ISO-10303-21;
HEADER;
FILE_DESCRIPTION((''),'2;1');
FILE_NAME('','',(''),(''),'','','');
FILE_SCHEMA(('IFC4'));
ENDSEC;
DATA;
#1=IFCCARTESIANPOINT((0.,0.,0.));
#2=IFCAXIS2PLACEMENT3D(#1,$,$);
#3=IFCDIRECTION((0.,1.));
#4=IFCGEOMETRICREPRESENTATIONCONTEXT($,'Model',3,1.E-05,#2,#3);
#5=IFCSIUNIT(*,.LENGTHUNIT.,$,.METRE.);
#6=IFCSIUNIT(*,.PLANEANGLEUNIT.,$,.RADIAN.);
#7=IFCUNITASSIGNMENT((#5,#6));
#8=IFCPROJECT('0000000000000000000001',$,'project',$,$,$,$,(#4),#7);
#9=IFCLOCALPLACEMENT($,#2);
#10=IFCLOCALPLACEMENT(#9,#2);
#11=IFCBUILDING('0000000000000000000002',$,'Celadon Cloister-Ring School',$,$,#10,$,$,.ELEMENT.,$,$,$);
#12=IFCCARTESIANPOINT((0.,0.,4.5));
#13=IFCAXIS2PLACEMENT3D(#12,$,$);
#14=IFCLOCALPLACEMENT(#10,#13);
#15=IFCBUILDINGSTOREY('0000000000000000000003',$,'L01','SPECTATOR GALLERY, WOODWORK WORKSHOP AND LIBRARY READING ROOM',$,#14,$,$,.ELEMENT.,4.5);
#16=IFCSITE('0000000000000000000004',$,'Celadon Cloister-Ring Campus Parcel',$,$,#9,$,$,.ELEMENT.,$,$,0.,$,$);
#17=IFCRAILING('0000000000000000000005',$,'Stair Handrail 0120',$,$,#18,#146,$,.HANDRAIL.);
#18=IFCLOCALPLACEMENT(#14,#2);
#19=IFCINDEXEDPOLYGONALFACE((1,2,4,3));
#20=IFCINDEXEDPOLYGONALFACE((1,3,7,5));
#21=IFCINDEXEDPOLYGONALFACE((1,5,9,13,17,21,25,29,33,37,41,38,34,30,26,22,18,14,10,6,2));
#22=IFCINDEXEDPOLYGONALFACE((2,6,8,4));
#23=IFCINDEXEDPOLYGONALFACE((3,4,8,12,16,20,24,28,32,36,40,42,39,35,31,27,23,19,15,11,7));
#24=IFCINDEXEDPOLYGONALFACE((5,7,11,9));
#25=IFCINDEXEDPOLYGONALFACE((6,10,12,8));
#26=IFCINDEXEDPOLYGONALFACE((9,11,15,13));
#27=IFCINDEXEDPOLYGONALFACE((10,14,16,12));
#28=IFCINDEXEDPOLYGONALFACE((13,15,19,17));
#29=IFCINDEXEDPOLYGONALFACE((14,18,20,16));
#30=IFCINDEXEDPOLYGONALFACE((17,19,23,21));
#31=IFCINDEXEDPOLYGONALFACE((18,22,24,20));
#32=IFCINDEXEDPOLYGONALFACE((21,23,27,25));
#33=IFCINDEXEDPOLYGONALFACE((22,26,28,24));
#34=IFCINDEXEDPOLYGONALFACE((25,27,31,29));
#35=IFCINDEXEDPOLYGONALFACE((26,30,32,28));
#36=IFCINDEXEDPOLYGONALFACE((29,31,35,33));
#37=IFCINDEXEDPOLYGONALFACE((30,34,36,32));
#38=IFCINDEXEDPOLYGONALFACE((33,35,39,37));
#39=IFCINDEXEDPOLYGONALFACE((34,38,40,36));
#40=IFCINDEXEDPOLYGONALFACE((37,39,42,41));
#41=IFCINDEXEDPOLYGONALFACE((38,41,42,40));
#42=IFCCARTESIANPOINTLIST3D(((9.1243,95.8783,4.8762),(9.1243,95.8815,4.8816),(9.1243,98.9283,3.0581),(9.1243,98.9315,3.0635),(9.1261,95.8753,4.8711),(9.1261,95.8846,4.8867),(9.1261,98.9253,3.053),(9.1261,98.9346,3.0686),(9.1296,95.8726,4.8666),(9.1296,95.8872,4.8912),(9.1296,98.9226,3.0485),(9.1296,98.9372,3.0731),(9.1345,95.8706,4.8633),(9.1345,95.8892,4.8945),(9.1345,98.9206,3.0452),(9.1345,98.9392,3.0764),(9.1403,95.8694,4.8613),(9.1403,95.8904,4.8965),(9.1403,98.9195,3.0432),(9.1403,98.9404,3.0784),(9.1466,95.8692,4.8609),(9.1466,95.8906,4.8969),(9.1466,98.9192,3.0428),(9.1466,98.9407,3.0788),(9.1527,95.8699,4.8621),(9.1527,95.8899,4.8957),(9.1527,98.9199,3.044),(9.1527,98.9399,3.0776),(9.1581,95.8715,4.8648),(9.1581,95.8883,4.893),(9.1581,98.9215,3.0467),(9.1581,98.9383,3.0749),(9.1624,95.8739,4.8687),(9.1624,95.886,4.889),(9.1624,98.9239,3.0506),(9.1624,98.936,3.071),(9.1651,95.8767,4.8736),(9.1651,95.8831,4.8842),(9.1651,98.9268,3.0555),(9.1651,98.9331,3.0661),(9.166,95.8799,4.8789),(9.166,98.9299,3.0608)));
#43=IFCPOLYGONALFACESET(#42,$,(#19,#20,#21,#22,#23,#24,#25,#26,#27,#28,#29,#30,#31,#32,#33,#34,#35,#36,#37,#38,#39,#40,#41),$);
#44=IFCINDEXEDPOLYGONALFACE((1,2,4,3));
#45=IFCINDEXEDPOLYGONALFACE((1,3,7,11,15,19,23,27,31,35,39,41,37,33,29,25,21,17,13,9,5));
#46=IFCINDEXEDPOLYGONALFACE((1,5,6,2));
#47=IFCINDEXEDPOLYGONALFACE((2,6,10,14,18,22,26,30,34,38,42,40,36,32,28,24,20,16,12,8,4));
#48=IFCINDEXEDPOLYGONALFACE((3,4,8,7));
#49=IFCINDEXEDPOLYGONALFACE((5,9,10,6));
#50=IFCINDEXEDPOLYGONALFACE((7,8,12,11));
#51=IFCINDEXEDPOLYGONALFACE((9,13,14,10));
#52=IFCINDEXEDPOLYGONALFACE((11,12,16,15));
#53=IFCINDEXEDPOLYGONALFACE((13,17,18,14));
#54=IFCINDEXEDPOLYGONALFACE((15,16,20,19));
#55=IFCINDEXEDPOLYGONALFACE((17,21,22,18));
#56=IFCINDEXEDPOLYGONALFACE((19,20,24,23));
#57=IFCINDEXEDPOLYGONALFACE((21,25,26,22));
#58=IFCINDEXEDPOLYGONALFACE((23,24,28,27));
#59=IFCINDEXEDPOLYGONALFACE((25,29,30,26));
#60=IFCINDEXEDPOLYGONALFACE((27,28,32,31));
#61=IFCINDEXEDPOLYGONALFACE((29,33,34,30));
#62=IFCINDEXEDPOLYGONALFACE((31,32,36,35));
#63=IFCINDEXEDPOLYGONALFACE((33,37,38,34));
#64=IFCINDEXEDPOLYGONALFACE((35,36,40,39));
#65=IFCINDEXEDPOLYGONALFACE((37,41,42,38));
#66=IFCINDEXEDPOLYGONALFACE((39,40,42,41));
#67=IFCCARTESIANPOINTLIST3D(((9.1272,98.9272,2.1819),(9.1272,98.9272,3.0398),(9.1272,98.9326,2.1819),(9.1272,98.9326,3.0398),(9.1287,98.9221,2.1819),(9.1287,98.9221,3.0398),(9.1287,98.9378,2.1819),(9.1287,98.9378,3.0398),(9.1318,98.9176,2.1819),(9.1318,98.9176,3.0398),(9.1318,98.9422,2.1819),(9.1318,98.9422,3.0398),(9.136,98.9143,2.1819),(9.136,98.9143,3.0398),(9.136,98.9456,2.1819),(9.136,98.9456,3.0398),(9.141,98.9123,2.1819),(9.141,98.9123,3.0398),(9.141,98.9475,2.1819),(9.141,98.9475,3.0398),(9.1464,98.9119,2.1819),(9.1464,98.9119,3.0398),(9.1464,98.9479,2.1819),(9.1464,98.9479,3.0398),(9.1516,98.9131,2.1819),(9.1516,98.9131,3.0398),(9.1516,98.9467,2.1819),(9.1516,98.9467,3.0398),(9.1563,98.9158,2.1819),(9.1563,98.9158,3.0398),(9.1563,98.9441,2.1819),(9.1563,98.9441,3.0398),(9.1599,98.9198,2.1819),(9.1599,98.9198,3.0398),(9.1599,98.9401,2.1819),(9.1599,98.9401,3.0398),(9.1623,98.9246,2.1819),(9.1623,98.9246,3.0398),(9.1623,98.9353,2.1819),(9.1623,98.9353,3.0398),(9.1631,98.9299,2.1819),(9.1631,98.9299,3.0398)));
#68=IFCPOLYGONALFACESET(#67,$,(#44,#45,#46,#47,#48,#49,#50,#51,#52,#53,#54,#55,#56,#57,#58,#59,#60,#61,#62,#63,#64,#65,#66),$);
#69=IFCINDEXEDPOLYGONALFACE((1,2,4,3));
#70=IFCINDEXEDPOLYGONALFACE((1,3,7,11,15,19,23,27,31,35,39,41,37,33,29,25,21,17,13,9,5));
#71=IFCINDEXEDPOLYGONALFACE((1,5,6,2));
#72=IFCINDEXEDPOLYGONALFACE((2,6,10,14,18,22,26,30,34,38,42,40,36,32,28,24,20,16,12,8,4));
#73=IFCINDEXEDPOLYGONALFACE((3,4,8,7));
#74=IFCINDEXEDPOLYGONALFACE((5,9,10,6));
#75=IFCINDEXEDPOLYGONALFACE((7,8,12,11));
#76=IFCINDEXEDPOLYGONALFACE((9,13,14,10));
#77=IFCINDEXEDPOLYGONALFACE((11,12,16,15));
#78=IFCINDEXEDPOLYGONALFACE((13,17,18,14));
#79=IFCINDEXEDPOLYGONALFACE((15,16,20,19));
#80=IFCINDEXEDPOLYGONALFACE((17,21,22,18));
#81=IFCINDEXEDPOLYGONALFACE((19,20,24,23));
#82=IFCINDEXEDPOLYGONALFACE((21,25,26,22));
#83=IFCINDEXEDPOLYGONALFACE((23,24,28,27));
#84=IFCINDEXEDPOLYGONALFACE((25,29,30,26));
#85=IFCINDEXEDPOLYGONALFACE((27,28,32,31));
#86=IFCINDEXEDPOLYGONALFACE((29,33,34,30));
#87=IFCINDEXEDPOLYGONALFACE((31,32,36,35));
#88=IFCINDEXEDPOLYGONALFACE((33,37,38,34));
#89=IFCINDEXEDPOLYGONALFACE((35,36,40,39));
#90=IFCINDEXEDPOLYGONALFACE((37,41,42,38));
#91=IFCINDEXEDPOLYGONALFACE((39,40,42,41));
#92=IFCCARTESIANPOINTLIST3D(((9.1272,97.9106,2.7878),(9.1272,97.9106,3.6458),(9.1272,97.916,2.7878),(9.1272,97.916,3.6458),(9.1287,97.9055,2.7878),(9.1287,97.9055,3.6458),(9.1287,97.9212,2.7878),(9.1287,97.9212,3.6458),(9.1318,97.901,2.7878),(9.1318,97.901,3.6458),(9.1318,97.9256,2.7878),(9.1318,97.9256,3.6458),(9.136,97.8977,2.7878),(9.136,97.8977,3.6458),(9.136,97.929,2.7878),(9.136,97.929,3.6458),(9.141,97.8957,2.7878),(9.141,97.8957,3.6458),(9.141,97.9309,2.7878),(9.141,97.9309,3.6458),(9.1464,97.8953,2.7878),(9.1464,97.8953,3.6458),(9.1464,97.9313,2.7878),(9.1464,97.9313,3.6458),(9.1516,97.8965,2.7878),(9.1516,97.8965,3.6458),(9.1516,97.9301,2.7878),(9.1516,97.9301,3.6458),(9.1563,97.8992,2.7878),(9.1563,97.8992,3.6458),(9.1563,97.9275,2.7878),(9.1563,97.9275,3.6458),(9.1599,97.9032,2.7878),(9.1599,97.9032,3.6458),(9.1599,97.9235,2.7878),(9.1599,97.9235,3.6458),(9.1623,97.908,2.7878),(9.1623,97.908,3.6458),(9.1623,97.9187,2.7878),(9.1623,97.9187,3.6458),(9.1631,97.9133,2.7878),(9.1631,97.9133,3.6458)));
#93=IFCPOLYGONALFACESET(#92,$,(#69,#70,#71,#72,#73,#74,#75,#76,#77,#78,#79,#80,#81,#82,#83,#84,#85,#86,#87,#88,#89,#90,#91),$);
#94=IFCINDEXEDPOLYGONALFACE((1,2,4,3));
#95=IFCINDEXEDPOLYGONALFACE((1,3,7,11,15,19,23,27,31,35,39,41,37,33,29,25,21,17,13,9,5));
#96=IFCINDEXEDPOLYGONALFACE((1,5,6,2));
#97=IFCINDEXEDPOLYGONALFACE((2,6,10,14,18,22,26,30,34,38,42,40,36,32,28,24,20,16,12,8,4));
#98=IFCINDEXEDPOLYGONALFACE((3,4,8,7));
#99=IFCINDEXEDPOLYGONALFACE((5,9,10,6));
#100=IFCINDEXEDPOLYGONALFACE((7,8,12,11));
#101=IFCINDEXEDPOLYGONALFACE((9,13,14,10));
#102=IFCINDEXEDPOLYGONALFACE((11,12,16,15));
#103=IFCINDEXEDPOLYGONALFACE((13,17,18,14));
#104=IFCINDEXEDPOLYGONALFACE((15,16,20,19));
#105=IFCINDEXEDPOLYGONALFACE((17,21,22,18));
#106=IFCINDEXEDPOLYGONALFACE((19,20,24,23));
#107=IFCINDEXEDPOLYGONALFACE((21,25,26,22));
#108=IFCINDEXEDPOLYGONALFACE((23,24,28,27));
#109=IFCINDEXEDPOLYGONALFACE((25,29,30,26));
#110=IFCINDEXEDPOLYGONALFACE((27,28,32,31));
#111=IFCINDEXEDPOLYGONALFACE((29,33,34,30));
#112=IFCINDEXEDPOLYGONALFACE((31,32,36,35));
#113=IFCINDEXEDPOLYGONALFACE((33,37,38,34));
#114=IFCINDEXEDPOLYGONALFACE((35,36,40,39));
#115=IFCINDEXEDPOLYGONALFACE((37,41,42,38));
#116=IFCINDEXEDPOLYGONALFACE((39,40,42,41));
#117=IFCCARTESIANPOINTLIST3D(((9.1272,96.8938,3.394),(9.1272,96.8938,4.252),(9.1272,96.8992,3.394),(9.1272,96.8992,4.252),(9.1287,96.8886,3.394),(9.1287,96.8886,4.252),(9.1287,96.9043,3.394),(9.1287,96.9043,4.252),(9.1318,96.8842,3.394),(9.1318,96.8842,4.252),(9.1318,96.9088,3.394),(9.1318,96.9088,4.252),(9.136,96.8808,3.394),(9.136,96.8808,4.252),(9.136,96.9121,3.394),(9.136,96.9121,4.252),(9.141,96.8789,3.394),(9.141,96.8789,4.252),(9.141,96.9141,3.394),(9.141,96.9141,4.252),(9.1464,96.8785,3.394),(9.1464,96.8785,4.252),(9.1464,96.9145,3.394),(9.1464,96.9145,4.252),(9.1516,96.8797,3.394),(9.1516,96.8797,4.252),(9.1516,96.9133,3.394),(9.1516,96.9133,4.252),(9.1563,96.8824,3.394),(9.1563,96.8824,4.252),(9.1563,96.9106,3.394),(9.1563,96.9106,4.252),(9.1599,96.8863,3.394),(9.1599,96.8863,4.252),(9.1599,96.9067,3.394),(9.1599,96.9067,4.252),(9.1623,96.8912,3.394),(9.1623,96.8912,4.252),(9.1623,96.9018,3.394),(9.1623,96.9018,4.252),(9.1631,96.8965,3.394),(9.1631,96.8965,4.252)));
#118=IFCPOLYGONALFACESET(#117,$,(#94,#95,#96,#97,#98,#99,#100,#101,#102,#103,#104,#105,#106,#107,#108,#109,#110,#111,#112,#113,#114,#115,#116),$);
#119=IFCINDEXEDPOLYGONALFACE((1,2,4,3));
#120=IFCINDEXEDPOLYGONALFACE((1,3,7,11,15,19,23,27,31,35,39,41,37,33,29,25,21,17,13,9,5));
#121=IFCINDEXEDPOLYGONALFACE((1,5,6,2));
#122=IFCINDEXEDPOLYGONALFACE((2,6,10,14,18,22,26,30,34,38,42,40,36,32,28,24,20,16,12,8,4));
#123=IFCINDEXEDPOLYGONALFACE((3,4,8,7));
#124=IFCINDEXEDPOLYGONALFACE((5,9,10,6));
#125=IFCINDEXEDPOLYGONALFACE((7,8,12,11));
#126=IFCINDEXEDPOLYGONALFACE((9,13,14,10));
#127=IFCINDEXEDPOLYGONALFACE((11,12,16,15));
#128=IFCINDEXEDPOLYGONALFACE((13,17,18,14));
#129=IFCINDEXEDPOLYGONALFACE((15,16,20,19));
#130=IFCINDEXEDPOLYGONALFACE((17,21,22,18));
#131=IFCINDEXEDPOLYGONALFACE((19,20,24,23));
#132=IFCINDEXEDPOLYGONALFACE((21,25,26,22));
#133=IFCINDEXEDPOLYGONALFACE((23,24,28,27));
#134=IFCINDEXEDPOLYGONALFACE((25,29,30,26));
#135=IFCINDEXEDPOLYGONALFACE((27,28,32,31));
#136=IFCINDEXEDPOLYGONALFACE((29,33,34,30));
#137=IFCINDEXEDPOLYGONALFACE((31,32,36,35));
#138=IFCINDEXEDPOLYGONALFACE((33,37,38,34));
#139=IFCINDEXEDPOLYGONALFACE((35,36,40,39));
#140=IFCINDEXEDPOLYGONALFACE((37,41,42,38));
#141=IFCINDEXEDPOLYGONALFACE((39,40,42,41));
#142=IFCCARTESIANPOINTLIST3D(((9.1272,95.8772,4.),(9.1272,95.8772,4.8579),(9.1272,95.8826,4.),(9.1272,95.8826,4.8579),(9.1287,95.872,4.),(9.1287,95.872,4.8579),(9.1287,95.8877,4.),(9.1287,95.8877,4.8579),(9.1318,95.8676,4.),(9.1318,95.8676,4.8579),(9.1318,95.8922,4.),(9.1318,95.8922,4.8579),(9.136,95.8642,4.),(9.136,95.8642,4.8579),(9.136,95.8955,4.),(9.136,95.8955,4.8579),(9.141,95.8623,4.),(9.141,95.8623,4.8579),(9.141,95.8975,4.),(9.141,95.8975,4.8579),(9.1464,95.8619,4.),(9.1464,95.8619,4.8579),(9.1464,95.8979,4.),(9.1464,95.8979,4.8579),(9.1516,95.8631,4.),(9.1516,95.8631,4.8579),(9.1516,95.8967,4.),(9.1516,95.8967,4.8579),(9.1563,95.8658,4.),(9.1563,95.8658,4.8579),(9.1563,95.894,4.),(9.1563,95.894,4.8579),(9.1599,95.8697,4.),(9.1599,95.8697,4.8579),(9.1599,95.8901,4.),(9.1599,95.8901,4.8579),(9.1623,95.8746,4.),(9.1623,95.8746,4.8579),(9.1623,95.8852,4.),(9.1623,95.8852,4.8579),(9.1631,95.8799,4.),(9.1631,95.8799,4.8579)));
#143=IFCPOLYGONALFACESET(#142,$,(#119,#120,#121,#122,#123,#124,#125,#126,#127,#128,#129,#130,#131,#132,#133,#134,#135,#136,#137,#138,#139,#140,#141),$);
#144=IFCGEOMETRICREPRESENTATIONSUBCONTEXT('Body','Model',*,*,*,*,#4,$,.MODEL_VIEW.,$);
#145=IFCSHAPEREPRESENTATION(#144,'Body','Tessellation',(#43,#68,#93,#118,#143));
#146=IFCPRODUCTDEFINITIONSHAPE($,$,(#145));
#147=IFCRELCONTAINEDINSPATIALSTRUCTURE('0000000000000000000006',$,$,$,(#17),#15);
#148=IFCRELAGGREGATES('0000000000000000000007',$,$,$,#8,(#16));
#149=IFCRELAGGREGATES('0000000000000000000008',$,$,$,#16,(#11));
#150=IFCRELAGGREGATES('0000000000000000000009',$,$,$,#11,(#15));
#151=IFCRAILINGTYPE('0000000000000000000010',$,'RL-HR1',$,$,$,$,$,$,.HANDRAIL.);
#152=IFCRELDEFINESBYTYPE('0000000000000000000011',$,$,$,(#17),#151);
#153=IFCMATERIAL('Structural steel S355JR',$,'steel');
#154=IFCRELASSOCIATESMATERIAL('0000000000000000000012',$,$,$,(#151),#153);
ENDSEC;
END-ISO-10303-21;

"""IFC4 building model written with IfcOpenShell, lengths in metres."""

from ifc_helpers import new_model, si_unit, direction, frame, origin, origin_2d, place, context, subcontext, project, spatial, circle, extrude, material, type_object, element, save


model = new_model("IFC4")

# Units and contexts
model_context = context("Model", 3, precision=1e-05, world=origin(), true_north=direction((0.0, 1.0)))
body_context = subcontext(model_context, "Body", "Model", "MODEL_VIEW")
ifc_project = project(units=[si_unit("LENGTHUNIT", "METRE"), si_unit("PLANEANGLEUNIT", "RADIAN")], contexts=[model_context])

# Site, building, storey
site_placement = place(None, origin())
site = spatial("IfcSite", under=ifc_project, at=site_placement, Name="Celadon Cloister-Ring Campus Parcel", CompositionType="ELEMENT", RefElevation=0.0)
building_placement = place(site_placement, origin())
building = spatial("IfcBuilding", under=site, at=building_placement, Name="Celadon Cloister-Ring School", CompositionType="ELEMENT")
storey_placement = place(building_placement, frame((0.0, 0.0, 4.5)))
storey = spatial("IfcBuildingStorey", under=building, at=storey_placement, Name="L01", Description="SPECTATOR GALLERY, WOODWORK WORKSHOP AND LIBRARY READING ROOM", CompositionType="ELEMENT", Elevation=4.5)

# Railing
ifc_material_1 = material(Name="Structural steel S355JR", Category="steel")
railing_type_1 = type_object("IfcRailingType", Name="RL-HR1", PredefinedType="HANDRAIL", material=ifc_material_1)
for number, where, name in (
    (1, (9.145, 98.9299, 2.1819), "Stair Handrail 0120"),
):
    element("IfcRailing", number, at=place(storey_placement, frame(where)), inside=storey, type_object=railing_type_1, Name=name, PredefinedType="HANDRAIL", context=body_context, shape_type="SweptSolid", body=[
        extrude(circle(Radius=0.021, at=origin_2d()), frame((0.0, 0.0, 0.8789), z_axis=(0.0, -0.85897, 0.512026), x_axis=(1.0, 0.0, 0.0)), (0.0, 0.0, 1.0), 3.5508),
        extrude(circle(Radius=0.0181, at=origin_2d()), origin(), (0.0, 0.0, 1.0), 0.8579),
        extrude(circle(Radius=0.0181, at=origin_2d()), frame((0.0, -1.0166, 0.606)), (0.0, 0.0, 1.0), 0.8579),
        extrude(circle(Radius=0.0181, at=origin_2d()), frame((0.0, -2.0334, 1.2122)), (0.0, 0.0, 1.0), 0.8579),
        extrude(circle(Radius=0.0181, at=origin_2d()), frame((0.0, -3.05, 1.8181)), (0.0, 0.0, 1.0), 0.8579),
    ])

save(model, "model.ifc")
